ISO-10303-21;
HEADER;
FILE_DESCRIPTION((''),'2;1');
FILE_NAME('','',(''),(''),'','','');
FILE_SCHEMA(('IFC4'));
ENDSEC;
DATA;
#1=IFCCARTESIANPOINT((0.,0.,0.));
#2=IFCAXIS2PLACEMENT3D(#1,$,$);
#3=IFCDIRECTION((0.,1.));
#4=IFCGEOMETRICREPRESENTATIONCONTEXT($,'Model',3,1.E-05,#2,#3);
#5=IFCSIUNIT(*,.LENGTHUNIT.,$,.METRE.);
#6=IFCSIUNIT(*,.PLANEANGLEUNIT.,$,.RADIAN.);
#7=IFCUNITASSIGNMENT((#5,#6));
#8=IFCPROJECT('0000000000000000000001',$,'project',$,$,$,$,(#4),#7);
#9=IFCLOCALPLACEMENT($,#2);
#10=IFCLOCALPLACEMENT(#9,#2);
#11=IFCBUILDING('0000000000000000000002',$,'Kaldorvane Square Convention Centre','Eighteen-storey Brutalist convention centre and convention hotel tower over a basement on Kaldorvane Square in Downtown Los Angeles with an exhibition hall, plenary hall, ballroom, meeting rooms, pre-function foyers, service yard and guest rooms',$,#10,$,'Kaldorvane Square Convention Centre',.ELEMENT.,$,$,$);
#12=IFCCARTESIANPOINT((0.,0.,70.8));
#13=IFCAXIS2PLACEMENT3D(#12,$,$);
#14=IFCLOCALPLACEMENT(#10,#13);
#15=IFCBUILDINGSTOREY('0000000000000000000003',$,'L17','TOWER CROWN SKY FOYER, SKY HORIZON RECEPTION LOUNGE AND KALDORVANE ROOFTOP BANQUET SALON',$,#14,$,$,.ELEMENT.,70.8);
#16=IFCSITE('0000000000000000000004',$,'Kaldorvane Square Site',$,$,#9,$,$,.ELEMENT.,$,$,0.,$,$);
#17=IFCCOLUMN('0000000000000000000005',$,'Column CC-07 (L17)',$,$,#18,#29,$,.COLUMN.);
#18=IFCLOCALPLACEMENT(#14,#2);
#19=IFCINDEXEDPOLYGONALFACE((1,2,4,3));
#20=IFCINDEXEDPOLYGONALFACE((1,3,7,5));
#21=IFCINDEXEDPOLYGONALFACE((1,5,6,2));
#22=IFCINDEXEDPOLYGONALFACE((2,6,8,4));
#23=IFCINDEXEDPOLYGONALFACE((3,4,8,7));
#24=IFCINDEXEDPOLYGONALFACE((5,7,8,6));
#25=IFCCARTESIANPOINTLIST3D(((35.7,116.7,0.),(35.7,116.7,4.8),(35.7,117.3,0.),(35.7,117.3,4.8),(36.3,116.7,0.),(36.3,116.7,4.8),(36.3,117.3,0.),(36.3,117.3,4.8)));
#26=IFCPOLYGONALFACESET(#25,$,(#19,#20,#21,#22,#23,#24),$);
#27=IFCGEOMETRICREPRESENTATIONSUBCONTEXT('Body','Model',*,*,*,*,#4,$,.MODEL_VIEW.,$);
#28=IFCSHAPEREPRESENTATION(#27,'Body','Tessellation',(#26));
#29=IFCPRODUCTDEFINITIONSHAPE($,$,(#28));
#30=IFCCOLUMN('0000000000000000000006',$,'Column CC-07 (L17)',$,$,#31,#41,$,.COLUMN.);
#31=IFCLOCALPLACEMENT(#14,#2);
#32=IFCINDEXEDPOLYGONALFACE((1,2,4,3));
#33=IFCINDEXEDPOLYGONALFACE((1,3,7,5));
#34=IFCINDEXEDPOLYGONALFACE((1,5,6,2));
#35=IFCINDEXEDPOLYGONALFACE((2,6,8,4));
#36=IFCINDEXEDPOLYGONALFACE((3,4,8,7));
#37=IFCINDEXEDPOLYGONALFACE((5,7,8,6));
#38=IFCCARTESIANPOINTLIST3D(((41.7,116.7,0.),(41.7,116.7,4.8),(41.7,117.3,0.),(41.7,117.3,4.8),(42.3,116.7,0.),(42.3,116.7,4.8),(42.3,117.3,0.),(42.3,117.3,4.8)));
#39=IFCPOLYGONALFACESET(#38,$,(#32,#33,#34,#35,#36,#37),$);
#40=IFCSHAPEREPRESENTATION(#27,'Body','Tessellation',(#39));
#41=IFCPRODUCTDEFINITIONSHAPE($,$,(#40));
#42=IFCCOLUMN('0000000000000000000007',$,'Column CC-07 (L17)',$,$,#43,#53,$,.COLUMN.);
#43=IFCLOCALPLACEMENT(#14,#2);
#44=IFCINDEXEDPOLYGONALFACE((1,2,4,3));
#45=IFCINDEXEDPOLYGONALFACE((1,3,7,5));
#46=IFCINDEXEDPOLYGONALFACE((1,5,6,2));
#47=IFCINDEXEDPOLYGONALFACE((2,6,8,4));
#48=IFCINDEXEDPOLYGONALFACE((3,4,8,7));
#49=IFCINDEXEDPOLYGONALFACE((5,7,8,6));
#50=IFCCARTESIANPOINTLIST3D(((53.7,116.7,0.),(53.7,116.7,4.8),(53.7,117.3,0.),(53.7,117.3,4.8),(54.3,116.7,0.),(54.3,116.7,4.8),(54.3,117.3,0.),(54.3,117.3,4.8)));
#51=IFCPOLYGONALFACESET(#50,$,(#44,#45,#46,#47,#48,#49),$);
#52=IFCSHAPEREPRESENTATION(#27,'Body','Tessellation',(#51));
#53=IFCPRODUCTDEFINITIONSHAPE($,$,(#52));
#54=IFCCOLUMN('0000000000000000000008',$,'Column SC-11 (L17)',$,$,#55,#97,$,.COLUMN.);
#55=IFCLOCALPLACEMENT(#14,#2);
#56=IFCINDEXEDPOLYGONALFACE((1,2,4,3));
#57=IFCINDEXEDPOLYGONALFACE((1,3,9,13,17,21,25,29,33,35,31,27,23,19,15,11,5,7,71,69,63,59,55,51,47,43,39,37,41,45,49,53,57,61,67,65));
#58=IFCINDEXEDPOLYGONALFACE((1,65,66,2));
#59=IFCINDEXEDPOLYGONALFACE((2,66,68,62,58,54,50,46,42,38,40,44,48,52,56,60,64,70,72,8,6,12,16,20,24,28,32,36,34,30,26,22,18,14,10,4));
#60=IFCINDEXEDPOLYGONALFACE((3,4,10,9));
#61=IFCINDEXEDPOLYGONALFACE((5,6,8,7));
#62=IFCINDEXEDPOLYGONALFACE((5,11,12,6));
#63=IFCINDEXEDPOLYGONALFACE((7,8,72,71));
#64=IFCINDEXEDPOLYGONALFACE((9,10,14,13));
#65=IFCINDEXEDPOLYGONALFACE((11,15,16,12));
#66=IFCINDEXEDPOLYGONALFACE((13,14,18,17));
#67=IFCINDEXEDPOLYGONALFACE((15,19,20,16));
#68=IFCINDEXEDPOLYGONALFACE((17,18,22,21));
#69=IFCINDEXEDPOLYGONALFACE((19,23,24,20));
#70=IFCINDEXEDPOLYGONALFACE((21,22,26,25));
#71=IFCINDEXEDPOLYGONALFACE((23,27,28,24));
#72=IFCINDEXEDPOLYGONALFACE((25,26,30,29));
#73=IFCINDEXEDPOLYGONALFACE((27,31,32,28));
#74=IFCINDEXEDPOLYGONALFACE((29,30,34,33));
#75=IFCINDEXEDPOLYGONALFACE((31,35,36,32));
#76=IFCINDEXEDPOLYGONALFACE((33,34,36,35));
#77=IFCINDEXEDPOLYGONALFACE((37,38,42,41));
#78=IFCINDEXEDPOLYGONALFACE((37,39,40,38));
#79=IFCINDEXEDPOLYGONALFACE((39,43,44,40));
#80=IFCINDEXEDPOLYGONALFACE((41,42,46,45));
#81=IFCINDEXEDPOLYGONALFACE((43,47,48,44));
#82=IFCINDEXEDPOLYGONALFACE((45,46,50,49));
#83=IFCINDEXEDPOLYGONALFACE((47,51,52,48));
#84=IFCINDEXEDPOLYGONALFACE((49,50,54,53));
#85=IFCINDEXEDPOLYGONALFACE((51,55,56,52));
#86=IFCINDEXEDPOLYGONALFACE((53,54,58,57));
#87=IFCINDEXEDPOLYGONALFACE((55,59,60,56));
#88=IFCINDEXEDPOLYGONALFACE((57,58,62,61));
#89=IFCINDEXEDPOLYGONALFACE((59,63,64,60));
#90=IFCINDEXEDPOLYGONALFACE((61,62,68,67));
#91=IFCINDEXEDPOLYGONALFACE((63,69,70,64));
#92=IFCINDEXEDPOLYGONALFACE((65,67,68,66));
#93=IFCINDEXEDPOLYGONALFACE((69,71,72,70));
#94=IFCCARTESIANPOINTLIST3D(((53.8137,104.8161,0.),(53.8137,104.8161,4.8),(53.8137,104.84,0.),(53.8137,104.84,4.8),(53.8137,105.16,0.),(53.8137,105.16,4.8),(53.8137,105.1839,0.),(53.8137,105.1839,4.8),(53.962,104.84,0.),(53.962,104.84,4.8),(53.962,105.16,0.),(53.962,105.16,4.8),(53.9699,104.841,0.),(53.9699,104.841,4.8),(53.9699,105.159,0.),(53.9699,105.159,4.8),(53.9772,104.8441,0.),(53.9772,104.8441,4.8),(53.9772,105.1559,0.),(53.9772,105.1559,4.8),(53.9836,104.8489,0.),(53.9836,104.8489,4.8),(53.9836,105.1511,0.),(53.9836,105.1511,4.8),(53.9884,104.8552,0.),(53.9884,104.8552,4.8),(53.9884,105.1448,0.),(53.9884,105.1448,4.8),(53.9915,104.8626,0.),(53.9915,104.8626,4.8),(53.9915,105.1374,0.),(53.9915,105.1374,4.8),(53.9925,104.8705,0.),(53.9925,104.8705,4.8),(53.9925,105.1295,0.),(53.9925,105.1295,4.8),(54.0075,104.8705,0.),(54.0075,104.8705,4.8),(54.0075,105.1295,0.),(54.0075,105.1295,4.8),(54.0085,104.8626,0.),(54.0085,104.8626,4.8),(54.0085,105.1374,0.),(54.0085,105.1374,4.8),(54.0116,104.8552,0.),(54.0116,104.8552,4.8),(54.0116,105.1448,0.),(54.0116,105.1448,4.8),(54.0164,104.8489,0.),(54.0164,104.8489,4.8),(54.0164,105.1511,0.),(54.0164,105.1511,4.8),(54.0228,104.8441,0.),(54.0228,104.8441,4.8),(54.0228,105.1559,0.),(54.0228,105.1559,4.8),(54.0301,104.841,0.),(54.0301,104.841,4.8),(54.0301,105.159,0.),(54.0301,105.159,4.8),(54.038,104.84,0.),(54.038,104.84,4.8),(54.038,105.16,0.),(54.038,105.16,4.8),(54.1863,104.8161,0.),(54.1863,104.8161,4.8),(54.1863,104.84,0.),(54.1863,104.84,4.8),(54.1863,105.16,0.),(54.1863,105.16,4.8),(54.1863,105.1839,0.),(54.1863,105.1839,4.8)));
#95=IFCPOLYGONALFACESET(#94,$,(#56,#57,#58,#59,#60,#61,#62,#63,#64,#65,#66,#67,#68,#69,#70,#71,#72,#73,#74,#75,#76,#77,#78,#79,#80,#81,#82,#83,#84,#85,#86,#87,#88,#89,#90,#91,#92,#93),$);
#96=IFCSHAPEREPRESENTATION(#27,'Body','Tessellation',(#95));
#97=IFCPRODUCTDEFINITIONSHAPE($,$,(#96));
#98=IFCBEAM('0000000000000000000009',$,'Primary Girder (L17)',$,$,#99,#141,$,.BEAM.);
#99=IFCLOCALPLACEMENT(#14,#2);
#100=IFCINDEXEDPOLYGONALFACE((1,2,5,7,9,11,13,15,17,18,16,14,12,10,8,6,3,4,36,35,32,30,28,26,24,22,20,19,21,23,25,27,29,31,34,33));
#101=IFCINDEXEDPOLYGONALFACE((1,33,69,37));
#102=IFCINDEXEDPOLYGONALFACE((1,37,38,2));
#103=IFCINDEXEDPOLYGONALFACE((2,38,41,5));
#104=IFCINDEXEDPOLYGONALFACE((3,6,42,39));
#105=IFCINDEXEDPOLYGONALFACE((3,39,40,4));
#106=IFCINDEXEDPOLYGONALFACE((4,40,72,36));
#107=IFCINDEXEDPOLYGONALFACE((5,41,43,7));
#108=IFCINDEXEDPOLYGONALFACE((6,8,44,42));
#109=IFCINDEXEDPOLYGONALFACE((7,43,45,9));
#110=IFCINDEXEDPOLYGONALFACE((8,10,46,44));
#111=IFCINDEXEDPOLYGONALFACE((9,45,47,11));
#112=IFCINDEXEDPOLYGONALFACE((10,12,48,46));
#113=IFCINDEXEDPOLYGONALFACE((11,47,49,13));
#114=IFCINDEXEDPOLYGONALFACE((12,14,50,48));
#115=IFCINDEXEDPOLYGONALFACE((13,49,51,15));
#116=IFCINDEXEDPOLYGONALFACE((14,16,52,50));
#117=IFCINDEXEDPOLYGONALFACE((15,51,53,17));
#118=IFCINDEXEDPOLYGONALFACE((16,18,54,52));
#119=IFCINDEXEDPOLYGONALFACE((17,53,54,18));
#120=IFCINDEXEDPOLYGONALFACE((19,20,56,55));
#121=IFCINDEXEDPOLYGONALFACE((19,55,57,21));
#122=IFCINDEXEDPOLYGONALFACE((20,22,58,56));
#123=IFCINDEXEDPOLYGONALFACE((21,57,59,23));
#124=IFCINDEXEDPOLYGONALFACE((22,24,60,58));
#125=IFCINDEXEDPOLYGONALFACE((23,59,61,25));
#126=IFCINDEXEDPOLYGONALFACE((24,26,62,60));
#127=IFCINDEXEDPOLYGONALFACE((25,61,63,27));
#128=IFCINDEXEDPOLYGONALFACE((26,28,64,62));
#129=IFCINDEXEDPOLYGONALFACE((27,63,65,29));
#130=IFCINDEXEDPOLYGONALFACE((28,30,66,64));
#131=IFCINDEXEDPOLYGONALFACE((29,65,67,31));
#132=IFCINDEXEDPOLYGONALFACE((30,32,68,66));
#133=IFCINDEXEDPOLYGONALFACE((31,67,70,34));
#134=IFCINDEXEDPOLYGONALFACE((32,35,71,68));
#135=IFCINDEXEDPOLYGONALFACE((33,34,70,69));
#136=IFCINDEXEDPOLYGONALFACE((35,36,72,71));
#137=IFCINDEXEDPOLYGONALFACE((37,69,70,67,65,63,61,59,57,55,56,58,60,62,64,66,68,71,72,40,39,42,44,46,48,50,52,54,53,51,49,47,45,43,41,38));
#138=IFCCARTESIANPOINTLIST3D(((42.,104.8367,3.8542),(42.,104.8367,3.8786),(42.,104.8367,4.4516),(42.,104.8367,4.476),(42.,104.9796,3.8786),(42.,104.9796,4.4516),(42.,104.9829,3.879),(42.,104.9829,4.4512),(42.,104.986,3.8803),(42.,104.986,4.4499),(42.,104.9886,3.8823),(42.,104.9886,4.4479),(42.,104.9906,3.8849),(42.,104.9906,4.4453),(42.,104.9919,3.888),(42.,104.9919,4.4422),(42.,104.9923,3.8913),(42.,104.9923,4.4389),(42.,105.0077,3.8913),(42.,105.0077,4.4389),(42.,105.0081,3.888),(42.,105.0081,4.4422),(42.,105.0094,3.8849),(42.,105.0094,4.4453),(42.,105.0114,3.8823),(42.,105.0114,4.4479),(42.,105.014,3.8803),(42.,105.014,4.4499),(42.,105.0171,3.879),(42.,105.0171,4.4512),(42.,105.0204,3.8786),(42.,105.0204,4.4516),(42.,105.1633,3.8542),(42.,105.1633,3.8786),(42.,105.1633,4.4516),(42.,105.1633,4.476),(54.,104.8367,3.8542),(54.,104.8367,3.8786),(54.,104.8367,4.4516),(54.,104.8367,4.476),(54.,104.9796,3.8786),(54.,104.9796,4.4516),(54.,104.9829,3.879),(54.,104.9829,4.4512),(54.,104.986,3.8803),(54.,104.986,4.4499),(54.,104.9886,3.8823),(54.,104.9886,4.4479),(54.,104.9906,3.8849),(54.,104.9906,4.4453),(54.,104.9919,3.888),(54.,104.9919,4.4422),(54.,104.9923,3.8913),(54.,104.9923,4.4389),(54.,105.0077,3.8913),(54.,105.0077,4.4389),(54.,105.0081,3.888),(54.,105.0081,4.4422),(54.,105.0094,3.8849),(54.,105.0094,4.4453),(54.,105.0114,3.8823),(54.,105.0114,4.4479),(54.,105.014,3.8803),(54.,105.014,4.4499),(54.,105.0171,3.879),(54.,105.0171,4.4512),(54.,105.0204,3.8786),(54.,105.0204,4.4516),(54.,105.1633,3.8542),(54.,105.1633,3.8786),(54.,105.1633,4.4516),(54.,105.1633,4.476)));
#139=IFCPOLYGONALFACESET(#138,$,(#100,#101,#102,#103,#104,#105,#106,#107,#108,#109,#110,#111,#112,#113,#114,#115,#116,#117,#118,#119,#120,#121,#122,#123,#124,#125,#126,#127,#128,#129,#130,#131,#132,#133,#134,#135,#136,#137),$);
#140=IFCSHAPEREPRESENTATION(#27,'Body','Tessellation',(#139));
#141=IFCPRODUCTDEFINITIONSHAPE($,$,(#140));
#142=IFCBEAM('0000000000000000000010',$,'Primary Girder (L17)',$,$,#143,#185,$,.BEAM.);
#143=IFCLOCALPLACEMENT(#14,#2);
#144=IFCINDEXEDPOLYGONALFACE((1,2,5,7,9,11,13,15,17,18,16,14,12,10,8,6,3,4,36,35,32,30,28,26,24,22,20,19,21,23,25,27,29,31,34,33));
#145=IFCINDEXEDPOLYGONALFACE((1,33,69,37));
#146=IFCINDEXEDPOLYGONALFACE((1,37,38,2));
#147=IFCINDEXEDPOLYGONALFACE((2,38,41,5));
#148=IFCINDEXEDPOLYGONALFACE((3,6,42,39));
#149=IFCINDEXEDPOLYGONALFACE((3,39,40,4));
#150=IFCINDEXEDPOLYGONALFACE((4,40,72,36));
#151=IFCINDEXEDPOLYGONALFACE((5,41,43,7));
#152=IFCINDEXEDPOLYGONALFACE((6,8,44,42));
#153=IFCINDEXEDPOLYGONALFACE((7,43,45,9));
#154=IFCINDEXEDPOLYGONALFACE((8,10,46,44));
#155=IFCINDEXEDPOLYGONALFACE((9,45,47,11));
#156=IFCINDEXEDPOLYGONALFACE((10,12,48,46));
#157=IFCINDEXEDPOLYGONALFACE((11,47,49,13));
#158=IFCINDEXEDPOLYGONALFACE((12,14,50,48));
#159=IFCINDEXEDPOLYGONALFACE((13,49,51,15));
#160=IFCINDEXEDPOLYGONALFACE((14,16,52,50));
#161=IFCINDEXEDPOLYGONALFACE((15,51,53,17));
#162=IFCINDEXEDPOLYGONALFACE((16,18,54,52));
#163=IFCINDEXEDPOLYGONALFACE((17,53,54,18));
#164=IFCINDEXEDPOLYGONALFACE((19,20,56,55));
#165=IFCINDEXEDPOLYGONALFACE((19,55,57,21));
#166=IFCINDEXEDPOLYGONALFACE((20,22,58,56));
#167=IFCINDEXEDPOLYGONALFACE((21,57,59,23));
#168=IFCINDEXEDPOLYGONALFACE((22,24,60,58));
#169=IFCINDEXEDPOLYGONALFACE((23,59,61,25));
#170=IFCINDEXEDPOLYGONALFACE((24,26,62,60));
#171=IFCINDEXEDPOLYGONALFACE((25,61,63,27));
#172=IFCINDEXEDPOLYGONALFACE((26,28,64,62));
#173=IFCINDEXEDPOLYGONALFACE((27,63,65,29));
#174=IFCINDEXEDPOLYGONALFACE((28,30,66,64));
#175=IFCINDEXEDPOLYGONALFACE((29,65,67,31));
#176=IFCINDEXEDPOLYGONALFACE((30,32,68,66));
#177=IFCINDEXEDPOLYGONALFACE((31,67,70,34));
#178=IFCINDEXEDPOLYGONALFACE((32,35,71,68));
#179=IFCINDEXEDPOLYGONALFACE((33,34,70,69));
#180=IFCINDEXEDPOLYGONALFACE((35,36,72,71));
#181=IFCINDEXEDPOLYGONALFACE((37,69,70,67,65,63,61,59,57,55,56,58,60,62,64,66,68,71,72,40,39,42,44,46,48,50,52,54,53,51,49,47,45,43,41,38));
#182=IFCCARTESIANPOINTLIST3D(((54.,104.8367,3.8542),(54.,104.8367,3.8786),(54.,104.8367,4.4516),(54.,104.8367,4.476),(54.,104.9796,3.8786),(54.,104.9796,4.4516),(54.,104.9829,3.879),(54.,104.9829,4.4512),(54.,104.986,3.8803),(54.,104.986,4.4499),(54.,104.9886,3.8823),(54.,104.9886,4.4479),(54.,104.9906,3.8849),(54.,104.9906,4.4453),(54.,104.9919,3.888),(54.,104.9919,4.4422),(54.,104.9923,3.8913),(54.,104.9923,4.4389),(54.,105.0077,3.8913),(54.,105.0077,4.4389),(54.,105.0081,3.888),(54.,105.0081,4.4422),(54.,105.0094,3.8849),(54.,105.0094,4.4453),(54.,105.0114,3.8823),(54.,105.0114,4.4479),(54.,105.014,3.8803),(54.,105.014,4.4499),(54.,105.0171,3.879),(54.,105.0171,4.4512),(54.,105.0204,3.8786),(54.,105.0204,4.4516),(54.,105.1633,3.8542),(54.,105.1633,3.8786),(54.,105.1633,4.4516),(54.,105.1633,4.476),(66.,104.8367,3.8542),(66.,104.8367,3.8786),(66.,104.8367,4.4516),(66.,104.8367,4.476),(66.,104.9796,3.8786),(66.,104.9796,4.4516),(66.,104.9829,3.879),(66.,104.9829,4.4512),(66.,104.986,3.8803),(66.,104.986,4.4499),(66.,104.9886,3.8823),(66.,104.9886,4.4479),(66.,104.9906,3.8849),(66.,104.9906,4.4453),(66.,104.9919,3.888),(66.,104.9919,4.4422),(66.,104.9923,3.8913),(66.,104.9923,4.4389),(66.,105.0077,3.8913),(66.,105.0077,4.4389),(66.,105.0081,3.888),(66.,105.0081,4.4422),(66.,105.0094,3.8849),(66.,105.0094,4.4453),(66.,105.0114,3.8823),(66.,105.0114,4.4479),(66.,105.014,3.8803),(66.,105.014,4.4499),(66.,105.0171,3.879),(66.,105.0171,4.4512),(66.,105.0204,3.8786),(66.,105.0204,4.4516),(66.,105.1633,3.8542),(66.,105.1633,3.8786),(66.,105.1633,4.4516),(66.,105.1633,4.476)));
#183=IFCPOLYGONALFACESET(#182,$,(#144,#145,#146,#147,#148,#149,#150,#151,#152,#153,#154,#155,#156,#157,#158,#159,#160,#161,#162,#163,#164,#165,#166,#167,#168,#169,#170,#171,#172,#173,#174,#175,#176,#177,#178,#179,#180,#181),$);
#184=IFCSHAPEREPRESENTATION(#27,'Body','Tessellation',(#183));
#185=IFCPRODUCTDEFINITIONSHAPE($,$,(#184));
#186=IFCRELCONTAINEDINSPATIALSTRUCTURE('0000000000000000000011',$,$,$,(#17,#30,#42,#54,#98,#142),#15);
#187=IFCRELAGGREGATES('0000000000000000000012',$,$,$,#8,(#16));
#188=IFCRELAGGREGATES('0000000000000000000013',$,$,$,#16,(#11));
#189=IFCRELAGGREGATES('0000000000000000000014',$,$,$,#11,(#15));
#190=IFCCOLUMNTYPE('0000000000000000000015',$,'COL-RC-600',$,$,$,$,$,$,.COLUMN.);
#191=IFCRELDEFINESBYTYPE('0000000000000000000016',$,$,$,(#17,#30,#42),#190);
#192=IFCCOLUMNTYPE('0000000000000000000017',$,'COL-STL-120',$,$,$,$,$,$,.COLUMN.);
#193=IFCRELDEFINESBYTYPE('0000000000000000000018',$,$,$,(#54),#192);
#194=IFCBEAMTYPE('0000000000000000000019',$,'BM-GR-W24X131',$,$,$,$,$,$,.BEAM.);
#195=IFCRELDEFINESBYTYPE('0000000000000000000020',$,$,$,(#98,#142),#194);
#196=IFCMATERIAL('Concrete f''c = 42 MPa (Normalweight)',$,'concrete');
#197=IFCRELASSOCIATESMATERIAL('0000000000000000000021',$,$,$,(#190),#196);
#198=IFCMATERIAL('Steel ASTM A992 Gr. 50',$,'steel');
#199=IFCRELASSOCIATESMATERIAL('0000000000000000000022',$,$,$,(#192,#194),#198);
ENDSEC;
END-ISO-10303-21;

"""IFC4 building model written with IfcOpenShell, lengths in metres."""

from ifc_helpers import new_model, si_unit, direction, frame, origin, origin_2d, place, context, subcontext, project, spatial, rectangle, i_section, extrude, material, material_profile, profile_set, type_object, element, save


model = new_model("IFC4")

# Units and contexts
model_context = context("Model", 3, precision=1e-05, world=origin(), true_north=direction((0.0, 1.0)))
body_context = subcontext(model_context, "Body", "Model", "MODEL_VIEW")
ifc_project = project(units=[si_unit("LENGTHUNIT", "METRE"), si_unit("PLANEANGLEUNIT", "RADIAN")], contexts=[model_context])

# Site, building, storey
site_placement = place(None, origin())
site = spatial("IfcSite", under=ifc_project, at=site_placement, Name="Kaldorvane Square Site", CompositionType="ELEMENT", RefElevation=0.0)
building_placement = place(site_placement, origin())
building = spatial("IfcBuilding", under=site, at=building_placement, Name="Kaldorvane Square Convention Centre", Description="Eighteen-storey Brutalist convention centre and convention hotel tower over a basement on Kaldorvane Square in Downtown Los Angeles with an exhibition hall, plenary hall, ballroom, meeting rooms, pre-function foyers, service yard and guest rooms", LongName="Kaldorvane Square Convention Centre", CompositionType="ELEMENT")
storey_placement = place(building_placement, frame((0.0, 0.0, 70.8)))
storey = spatial("IfcBuildingStorey", under=building, at=storey_placement, Name="L17", Description="TOWER CROWN SKY FOYER, SKY HORIZON RECEPTION LOUNGE AND KALDORVANE ROOFTOP BANQUET SALON", CompositionType="ELEMENT", Elevation=70.8)

# Columns
ifc_material_1 = material(Name="Concrete f'c = 42 MPa (Normalweight)", Category="concrete")
ifc_material_profile_1 = material_profile(ifc_material_1, rectangle(XDim=0.6, YDim=0.6, at=origin_2d()), Name="RC600X600")
ifc_profile_set_1 = profile_set([ifc_material_profile_1], Name="Concrete f'c = 42 MPa (Normalweight)")
column_type_1 = type_object("IfcColumnType", Name="COL-RC-600", PredefinedType="COLUMN", material=ifc_profile_set_1)
for number, where, z_axis, x_axis, name in (
    (1, (36.0, 117.0, 0.0), (0.0, 0.0, 1.0), (1.0, 0.0, 0.0), "Column CC-07 (L17)"),
    (2, (42.0, 117.0, 0.0), (0.0, 0.0, 1.0), (1.0, 0.0, 0.0), "Column CC-07 (L17)"),
    (3, (54.0, 117.0, 0.0), (0.0, 0.0, 1.0), (1.0, 0.0, 0.0), "Column CC-07 (L17)"),
):
    element("IfcColumn", number, at=place(storey_placement, frame(where, z_axis=z_axis, x_axis=x_axis)), inside=storey, type_object=column_type_1, Name=name, PredefinedType="COLUMN", context=body_context, shape_type="SweptSolid", body=[
        extrude(rectangle(XDim=0.6, YDim=0.6, at=origin_2d()), origin(), (0.0, 0.0, 1.0), 4.8),
    ])
ifc_material_2 = material(Name="Steel ASTM A992 Gr. 50", Category="steel")
ifc_material_profile_2 = material_profile(ifc_material_2, i_section(OverallWidth=0.3726, OverallDepth=0.3678, WebThickness=0.015, FlangeThickness=0.0239, FilletRadius=0.0305, at=origin_2d()), Name="W14X120")
ifc_profile_set_2 = profile_set([ifc_material_profile_2], Name="Steel ASTM A992 Gr. 50")
column_type_2 = type_object("IfcColumnType", Name="COL-STL-120", PredefinedType="COLUMN", material=ifc_profile_set_2)
column_placement = place(storey_placement, frame((54.0, 105.0, 0.0), z_axis=(0.0, 0.0, 1.0), x_axis=(1.0, 0.0, 0.0)))
element("IfcColumn", 4, at=column_placement, inside=storey, type_object=column_type_2, Name="Column SC-11 (L17)", PredefinedType="COLUMN", context=body_context, shape_type="SweptSolid", body=[
    extrude(i_section(OverallWidth=0.3726, OverallDepth=0.3678, WebThickness=0.015, FlangeThickness=0.0239, FilletRadius=0.0305, at=origin_2d()), origin(), (0.0, 0.0, 1.0), 4.8),
])

# Beams
ifc_material_profile_3 = material_profile(ifc_material_2, i_section(OverallWidth=0.3265, OverallDepth=0.6218, WebThickness=0.0154, FlangeThickness=0.0244, FilletRadius=0.0127, at=origin_2d()), Name="W24X131")
ifc_profile_set_3 = profile_set([ifc_material_profile_3], Name="Steel ASTM A992 Gr. 50")
beam_type_1 = type_object("IfcBeamType", Name="BM-GR-W24X131", PredefinedType="BEAM", material=ifc_profile_set_3)
for number, where, z_axis, x_axis, name in (
    (5, (42.0, 105.0, 4.1651), (1.0, 0.0, 0.0), (0.0, 1.0, 0.0), "Primary Girder (L17)"),
    (6, (54.0, 105.0, 4.1651), (1.0, 0.0, 0.0), (0.0, 1.0, 0.0), "Primary Girder (L17)"),
):
    element("IfcBeam", number, at=place(storey_placement, frame(where, z_axis=z_axis, x_axis=x_axis)), inside=storey, type_object=beam_type_1, Name=name, PredefinedType="BEAM", context=body_context, shape_type="SweptSolid", body=[
        extrude(i_section(OverallWidth=0.3265, OverallDepth=0.6218, WebThickness=0.0154, FlangeThickness=0.0244, FilletRadius=0.0127, at=origin_2d()), origin(), (0.0, 0.0, 1.0), 12.0),
    ])

save(model, "model.ifc")
